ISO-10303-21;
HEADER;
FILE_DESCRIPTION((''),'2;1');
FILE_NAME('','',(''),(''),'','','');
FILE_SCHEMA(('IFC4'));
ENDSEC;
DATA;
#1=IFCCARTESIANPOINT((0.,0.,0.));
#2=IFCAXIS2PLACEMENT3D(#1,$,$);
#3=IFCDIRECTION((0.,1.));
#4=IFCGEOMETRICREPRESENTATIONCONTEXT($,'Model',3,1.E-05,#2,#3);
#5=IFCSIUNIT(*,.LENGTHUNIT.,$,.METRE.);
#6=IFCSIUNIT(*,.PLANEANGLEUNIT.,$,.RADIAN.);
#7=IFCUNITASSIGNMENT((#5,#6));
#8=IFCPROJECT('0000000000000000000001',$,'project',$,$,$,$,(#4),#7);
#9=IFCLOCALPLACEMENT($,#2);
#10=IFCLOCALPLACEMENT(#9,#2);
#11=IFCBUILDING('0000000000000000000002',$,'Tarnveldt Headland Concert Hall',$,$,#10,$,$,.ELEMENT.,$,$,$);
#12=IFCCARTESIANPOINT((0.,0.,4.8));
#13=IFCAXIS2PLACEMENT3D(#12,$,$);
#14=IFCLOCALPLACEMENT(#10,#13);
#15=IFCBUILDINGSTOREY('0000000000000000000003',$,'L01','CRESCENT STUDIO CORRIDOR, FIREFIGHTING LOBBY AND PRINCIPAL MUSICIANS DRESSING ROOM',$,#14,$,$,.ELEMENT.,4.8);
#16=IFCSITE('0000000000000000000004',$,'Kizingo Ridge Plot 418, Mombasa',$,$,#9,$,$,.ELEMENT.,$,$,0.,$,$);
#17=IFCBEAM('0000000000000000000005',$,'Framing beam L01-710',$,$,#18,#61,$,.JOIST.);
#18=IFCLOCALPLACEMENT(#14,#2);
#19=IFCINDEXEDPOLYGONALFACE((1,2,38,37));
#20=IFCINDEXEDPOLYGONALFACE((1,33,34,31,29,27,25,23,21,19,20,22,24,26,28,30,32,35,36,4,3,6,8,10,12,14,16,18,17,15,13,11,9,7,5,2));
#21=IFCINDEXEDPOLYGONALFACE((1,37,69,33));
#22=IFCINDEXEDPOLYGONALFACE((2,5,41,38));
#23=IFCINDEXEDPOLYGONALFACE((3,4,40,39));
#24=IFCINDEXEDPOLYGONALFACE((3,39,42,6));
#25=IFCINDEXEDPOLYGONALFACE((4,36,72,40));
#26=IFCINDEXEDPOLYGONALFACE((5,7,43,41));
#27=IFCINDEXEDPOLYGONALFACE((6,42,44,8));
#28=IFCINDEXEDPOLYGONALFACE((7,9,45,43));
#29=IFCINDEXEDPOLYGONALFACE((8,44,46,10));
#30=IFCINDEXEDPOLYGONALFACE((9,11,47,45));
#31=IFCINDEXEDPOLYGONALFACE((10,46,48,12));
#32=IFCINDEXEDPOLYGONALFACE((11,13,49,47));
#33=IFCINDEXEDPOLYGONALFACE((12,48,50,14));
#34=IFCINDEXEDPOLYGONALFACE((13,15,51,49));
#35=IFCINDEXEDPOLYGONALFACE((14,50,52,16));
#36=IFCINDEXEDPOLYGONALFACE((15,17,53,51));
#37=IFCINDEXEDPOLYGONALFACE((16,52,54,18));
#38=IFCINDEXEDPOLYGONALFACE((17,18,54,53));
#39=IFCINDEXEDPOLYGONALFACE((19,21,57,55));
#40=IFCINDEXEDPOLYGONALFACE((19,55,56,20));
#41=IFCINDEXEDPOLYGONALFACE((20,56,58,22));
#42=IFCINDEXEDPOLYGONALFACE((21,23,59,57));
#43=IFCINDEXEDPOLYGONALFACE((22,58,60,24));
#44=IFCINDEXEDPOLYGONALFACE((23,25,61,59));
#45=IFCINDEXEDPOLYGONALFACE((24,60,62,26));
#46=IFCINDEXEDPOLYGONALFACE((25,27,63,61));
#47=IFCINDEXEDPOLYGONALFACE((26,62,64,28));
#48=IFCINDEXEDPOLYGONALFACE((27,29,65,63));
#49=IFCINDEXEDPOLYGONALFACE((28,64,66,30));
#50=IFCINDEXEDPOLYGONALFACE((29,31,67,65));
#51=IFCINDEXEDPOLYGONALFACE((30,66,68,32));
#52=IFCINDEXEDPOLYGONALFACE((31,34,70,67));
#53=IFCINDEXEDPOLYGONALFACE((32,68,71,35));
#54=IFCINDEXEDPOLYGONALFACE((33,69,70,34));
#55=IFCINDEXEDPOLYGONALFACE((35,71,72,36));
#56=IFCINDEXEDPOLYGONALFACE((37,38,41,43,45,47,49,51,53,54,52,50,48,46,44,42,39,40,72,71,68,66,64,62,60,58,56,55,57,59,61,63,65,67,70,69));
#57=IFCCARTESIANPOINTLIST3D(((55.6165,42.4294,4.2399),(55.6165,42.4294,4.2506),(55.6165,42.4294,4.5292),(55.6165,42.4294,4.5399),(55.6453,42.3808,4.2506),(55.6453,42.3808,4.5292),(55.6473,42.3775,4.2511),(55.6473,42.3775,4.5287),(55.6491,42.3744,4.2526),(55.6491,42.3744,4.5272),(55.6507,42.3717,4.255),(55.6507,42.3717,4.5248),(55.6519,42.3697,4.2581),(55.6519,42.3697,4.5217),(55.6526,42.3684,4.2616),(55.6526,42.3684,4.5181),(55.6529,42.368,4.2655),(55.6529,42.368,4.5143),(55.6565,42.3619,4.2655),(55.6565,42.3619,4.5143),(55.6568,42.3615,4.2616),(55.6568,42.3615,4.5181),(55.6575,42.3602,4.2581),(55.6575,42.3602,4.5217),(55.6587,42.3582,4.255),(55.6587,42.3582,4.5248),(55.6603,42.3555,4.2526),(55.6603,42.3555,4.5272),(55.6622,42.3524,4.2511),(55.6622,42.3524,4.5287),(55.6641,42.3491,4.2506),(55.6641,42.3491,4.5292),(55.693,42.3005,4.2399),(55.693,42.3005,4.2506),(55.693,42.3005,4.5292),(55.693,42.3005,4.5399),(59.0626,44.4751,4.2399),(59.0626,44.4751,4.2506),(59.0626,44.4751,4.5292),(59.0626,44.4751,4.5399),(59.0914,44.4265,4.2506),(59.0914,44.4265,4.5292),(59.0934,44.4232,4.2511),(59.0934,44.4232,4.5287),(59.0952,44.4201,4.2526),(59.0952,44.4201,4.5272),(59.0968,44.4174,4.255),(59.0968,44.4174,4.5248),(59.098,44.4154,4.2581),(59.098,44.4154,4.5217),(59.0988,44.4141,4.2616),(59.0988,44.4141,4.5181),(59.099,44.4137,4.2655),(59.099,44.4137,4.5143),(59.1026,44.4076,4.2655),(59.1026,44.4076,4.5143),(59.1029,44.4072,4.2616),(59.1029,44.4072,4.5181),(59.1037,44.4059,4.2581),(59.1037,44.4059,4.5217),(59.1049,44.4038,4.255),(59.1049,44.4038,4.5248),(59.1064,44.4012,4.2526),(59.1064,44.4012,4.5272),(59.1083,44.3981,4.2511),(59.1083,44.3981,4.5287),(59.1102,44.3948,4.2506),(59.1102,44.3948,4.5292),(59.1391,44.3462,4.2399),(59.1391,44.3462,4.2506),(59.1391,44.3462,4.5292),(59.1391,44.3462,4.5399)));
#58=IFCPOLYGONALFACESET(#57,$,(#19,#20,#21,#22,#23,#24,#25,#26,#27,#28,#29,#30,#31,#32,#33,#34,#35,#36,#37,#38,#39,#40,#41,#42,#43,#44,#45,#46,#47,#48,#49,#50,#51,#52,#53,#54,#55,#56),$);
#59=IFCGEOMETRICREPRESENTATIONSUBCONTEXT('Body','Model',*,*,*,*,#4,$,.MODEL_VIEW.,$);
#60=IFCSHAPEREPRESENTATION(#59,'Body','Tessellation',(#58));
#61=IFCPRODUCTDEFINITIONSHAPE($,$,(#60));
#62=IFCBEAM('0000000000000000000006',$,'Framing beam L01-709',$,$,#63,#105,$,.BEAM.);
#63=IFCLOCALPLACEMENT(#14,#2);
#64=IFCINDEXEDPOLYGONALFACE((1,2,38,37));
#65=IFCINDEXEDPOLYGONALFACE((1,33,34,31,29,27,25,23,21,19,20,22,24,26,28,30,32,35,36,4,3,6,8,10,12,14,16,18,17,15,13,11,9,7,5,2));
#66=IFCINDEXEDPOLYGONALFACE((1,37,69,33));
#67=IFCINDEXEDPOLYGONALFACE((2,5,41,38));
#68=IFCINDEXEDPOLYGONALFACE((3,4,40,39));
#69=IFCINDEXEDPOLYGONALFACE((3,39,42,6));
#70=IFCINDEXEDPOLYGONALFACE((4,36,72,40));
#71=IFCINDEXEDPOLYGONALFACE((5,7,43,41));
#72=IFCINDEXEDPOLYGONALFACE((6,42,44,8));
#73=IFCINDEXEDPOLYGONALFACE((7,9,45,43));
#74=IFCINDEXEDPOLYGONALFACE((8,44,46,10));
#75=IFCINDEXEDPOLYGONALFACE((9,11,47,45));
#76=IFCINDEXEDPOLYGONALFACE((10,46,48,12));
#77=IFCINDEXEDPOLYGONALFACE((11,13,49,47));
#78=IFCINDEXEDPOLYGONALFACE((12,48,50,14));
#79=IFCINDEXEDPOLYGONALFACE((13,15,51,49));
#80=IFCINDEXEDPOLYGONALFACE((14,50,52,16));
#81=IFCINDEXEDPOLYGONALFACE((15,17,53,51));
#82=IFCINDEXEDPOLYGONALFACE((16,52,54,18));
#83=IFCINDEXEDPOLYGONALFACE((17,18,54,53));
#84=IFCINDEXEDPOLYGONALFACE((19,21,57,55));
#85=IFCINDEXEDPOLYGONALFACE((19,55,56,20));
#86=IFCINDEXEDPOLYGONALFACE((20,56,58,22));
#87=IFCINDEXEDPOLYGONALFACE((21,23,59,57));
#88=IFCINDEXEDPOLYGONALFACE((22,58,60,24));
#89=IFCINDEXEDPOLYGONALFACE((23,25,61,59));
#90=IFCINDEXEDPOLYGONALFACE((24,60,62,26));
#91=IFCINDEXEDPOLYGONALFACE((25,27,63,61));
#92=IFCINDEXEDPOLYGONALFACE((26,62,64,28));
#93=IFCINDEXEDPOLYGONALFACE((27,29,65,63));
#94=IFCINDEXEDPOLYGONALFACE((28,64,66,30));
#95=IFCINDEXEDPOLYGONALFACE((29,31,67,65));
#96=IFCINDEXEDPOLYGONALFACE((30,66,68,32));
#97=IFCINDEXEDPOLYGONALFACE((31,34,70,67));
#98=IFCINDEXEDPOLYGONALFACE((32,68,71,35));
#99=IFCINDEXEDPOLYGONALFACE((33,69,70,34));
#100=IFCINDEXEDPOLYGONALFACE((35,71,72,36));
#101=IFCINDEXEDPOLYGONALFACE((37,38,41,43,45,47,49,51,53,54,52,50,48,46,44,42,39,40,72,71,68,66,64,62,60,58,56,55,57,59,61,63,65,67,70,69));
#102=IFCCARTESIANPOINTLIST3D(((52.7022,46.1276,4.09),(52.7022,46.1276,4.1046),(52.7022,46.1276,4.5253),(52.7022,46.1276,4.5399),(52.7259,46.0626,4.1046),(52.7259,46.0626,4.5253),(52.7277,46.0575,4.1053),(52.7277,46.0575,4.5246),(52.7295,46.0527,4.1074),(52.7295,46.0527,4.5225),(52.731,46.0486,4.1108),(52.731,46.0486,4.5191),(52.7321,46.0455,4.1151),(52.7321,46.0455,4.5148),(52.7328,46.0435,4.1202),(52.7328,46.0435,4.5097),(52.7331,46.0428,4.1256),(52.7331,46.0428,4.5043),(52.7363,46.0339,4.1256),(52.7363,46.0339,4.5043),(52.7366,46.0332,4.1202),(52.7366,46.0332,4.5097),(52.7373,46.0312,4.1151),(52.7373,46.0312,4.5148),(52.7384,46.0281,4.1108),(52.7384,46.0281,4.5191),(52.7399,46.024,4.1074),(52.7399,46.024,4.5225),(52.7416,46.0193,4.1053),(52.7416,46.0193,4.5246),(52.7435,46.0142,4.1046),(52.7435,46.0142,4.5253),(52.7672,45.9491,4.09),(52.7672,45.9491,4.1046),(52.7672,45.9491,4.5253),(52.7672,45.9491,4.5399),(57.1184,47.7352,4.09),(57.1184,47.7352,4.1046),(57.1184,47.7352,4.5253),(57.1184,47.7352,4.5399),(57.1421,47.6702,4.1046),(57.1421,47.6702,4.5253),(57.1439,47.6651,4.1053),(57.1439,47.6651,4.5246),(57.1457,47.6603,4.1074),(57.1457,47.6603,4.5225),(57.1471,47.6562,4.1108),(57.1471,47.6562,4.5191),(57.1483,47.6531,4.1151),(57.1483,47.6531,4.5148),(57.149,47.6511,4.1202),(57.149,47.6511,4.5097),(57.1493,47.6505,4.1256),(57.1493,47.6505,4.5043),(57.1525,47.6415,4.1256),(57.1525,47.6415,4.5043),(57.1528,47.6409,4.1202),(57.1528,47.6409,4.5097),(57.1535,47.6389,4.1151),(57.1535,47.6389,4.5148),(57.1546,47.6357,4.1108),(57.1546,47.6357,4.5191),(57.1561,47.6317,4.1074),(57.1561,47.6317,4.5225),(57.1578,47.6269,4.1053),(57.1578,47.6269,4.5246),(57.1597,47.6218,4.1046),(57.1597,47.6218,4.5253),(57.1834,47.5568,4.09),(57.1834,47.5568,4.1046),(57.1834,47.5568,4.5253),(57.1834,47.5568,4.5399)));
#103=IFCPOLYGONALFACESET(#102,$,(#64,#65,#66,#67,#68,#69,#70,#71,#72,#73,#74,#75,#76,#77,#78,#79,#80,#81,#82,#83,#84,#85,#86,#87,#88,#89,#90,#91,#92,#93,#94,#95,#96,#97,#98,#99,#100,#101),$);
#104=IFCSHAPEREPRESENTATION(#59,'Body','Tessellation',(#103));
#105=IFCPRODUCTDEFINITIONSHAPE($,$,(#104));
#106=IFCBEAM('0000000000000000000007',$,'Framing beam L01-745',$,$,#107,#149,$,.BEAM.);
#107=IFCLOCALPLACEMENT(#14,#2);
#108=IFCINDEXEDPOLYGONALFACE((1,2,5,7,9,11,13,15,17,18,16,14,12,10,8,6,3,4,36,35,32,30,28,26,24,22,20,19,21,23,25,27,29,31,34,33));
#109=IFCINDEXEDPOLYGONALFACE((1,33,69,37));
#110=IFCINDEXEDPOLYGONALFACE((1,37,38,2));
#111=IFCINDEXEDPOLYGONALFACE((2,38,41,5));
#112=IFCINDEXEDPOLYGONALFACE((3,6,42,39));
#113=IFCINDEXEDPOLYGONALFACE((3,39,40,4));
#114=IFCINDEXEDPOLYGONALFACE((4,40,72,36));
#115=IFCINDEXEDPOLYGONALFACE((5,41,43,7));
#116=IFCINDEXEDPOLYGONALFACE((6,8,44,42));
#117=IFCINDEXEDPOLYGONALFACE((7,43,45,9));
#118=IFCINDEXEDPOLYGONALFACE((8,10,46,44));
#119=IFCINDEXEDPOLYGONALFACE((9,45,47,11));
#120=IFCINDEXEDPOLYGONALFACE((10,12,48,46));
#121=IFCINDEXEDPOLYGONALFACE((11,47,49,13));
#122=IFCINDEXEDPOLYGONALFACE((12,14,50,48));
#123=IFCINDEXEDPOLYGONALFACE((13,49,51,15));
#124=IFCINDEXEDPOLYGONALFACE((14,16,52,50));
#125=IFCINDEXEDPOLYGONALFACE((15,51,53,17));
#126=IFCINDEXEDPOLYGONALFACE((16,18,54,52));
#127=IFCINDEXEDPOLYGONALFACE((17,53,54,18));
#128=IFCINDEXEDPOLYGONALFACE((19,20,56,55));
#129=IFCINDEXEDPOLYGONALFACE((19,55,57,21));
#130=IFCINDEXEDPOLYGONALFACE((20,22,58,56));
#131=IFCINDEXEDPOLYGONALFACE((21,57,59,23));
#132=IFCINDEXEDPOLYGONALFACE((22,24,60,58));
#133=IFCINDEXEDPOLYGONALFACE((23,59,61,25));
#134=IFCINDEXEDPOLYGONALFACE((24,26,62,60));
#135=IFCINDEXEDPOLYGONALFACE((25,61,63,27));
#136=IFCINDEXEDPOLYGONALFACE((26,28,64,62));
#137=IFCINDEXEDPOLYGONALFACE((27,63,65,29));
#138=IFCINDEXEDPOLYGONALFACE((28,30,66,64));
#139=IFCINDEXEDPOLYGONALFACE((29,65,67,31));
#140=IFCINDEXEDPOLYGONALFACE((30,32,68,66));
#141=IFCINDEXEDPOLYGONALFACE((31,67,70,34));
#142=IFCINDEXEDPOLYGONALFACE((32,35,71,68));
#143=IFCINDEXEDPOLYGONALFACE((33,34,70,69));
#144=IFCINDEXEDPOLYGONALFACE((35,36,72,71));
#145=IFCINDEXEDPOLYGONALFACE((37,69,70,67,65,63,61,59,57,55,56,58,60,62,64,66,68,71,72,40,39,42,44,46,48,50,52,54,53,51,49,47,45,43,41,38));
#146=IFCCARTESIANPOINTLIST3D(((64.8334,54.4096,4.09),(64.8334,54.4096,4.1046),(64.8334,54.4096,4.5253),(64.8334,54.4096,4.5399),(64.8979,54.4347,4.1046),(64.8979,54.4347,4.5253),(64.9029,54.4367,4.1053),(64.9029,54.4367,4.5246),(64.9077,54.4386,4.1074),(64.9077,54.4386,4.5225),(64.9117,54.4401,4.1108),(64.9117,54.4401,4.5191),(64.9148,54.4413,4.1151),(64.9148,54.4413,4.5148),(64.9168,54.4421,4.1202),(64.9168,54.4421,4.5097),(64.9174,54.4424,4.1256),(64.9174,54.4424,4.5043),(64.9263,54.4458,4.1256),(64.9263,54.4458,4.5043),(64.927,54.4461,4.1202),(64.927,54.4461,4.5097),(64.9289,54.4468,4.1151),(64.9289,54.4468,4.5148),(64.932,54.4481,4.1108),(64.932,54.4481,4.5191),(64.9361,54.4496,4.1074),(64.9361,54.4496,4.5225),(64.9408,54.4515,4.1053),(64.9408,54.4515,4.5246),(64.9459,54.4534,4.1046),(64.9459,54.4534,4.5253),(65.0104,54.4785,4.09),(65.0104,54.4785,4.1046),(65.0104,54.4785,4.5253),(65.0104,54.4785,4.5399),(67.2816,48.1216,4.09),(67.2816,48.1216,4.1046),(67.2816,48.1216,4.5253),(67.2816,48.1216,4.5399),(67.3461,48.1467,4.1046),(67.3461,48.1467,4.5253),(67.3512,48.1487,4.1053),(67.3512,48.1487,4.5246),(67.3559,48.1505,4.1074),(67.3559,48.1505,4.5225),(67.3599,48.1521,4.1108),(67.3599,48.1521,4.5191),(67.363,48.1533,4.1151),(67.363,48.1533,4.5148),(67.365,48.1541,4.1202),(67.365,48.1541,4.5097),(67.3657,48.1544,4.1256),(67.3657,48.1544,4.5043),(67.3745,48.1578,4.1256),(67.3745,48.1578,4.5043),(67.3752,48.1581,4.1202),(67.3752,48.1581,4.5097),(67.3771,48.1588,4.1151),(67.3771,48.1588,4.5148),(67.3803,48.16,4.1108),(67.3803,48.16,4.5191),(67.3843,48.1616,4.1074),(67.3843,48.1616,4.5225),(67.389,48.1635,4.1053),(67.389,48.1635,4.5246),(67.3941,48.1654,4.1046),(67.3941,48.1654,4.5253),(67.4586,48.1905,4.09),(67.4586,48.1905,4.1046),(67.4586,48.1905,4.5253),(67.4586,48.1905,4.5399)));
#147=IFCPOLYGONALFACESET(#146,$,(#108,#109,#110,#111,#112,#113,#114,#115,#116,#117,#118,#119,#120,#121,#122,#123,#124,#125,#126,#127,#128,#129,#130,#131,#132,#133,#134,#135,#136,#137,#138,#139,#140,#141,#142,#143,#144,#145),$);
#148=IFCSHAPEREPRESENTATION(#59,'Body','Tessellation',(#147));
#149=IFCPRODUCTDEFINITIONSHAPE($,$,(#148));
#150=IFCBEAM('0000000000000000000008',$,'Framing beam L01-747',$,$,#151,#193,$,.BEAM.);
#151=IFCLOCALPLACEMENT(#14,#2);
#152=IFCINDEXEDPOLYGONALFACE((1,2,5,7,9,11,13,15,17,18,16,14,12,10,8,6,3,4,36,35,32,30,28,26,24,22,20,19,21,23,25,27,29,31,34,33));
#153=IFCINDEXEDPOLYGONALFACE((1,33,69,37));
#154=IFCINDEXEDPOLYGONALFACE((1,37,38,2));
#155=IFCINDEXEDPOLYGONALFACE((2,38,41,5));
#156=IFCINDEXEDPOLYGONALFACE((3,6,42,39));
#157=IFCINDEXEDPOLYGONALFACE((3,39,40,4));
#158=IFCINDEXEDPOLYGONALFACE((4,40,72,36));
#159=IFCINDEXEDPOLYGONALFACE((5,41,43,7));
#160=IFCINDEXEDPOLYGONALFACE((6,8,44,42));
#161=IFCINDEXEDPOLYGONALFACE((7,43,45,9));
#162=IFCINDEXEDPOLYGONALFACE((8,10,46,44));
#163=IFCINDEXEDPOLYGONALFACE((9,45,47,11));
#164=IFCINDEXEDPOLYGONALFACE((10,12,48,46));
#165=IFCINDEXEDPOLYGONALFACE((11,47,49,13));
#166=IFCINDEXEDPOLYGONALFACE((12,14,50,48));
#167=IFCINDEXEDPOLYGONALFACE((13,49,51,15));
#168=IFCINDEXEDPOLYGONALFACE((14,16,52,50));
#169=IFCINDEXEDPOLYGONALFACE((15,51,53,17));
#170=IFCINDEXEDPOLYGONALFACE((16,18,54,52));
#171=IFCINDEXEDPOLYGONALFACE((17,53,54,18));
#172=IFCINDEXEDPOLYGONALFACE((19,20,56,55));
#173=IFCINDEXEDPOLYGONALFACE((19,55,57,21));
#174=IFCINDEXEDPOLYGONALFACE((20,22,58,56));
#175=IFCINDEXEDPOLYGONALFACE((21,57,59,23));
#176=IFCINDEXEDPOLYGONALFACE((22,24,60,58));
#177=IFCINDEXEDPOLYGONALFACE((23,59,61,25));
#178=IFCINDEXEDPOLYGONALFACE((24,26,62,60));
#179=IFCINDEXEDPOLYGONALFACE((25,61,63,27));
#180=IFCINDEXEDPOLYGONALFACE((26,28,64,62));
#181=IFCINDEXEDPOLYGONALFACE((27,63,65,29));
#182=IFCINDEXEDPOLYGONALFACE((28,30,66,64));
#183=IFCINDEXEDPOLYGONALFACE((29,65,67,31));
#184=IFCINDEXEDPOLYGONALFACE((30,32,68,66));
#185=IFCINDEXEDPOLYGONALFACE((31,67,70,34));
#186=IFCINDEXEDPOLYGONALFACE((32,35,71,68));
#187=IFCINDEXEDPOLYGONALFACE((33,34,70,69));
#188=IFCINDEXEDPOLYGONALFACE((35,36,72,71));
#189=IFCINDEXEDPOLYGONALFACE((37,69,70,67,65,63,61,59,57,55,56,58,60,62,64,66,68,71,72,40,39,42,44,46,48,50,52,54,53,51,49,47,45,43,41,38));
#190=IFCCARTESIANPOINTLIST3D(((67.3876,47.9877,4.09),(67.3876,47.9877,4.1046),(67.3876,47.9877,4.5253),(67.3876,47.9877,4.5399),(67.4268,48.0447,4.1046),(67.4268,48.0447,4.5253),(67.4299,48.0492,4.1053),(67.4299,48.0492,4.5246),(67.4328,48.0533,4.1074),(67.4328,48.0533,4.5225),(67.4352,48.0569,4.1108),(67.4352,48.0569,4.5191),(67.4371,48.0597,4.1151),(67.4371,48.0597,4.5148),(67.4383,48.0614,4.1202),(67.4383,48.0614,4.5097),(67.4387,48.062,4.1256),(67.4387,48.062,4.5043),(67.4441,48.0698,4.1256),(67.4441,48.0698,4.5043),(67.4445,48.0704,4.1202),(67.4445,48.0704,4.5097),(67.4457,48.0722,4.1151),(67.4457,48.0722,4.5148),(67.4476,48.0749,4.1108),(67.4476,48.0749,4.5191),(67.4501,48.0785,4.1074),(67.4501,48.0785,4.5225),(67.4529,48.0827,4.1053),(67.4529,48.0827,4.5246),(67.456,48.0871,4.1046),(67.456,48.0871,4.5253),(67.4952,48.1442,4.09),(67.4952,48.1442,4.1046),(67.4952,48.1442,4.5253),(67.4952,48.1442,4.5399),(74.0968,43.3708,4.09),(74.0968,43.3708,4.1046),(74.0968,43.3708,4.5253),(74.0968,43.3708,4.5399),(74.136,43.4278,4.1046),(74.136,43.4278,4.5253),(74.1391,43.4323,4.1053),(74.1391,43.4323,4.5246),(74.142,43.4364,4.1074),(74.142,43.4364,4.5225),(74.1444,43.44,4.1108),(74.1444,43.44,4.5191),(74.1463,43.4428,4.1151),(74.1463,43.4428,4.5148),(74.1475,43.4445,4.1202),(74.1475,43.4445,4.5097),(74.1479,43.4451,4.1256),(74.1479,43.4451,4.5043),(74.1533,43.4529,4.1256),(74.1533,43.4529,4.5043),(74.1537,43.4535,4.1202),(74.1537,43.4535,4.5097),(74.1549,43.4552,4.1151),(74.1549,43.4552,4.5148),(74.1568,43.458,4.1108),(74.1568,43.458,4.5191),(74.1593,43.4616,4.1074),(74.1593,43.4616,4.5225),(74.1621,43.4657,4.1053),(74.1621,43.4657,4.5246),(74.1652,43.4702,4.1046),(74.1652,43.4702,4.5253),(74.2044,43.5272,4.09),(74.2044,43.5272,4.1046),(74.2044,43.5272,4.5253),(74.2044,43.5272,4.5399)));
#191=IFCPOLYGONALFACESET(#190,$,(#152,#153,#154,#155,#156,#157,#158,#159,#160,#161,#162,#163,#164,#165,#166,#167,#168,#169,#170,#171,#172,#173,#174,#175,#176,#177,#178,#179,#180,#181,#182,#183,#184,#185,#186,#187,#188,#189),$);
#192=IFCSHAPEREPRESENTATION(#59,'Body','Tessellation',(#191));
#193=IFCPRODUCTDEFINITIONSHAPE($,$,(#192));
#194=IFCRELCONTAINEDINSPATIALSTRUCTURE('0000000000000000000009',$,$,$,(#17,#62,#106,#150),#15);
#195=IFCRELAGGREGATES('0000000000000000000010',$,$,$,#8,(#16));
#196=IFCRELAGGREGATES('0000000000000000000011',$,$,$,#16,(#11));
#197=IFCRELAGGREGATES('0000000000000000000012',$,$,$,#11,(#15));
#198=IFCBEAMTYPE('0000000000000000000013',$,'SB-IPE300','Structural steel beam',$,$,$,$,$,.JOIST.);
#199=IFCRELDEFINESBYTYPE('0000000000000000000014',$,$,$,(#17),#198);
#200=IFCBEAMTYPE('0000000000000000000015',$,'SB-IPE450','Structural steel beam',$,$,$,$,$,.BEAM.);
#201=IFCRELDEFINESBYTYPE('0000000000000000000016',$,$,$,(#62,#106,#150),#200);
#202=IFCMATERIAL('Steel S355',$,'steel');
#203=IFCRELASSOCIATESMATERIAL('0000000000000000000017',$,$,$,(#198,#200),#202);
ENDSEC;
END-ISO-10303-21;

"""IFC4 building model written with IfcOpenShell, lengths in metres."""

from ifc_helpers import new_model, si_unit, direction, frame, origin, origin_2d, place, context, subcontext, project, spatial, i_section, extrude, material, material_profile, profile_set, type_object, element, save


model = new_model("IFC4")

# Units and contexts
model_context = context("Model", 3, precision=1e-05, world=origin(), true_north=direction((0.0, 1.0)))
body_context = subcontext(model_context, "Body", "Model", "MODEL_VIEW")
ifc_project = project(units=[si_unit("LENGTHUNIT", "METRE"), si_unit("PLANEANGLEUNIT", "RADIAN")], contexts=[model_context])

# Site, building, storey
site_placement = place(None, origin())
site = spatial("IfcSite", under=ifc_project, at=site_placement, Name="Kizingo Ridge Plot 418, Mombasa", CompositionType="ELEMENT", RefElevation=0.0)
building_placement = place(site_placement, origin())
building = spatial("IfcBuilding", under=site, at=building_placement, Name="Tarnveldt Headland Concert Hall", CompositionType="ELEMENT")
storey_placement = place(building_placement, frame((0.0, 0.0, 4.8)))
storey = spatial("IfcBuildingStorey", under=building, at=storey_placement, Name="L01", Description="CRESCENT STUDIO CORRIDOR, FIREFIGHTING LOBBY AND PRINCIPAL MUSICIANS DRESSING ROOM", CompositionType="ELEMENT", Elevation=4.8)

# Beams
ifc_material_1 = material(Name="Steel S355", Category="steel")
ifc_material_profile_1 = material_profile(ifc_material_1, i_section(OverallWidth=0.1499, OverallDepth=0.3, WebThickness=0.0071, FlangeThickness=0.0107, FilletRadius=0.0149, at=origin_2d()), Name="IPE300", Category="steel")
ifc_profile_set_1 = profile_set([ifc_material_profile_1], Name="Steel S355")
beam_type_1 = type_object("IfcBeamType", Name="SB-IPE300", Description="Structural steel beam", PredefinedType="JOIST", material=ifc_profile_set_1)
beam_1_placement = place(storey_placement, frame((59.1008, 44.4106, 4.3899), z_axis=(-0.859902, -0.510459, 0.0), x_axis=(0.510459, -0.859902, 0.0)))
element("IfcBeam", 1, at=beam_1_placement, inside=storey, type_object=beam_type_1, Name="Framing beam L01-710", PredefinedType="JOIST", context=body_context, shape_type="SweptSolid", body=[
    extrude(i_section(OverallWidth=0.1499, OverallDepth=0.3, WebThickness=0.0071, FlangeThickness=0.0107, FilletRadius=0.0149, at=origin_2d()), origin(), (0.0, 0.0, 1.0), 4.0076),
])
ifc_material_profile_2 = material_profile(ifc_material_1, i_section(OverallWidth=0.1899, OverallDepth=0.45, WebThickness=0.0095, FlangeThickness=0.0146, FilletRadius=0.021, at=origin_2d()), Name="IPE450", Category="steel")
ifc_profile_set_2 = profile_set([ifc_material_profile_2], Name="Steel S355")
beam_type_2 = type_object("IfcBeamType", Name="SB-IPE450", Description="Structural steel beam", PredefinedType="BEAM", material=ifc_profile_set_2)
beam_2_placement = place(storey_placement, frame((57.1509, 47.646, 4.3149), z_axis=(-0.939674, -0.342073, 0.0), x_axis=(0.342073, -0.939674, 0.0)))
element("IfcBeam", 2, at=beam_2_placement, inside=storey, type_object=beam_type_2, Name="Framing beam L01-709", PredefinedType="BEAM", context=body_context, shape_type="SweptSolid", body=[
    extrude(i_section(OverallWidth=0.1899, OverallDepth=0.45, WebThickness=0.0095, FlangeThickness=0.0146, FilletRadius=0.021, at=origin_2d()), origin(), (0.0, 0.0, 1.0), 4.6997),
])
beam_3_placement = place(storey_placement, frame((64.9219, 54.4441, 4.3149), z_axis=(0.362816, -0.931861, 0.0), x_axis=(0.931861, 0.362816, 0.0)))
element("IfcBeam", 3, at=beam_3_placement, inside=storey, type_object=beam_type_2, Name="Framing beam L01-745", PredefinedType="BEAM", context=body_context, shape_type="SweptSolid", body=[
    extrude(i_section(OverallWidth=0.1899, OverallDepth=0.45, WebThickness=0.0095, FlangeThickness=0.0146, FilletRadius=0.021, at=origin_2d()), origin(), (0.0, 0.0, 1.0), 6.7478),
])
beam_4_placement = place(storey_placement, frame((67.4414, 48.0659, 4.3149), z_axis=(0.823793, -0.566891, 0.0), x_axis=(0.566891, 0.823793, 0.0)))
element("IfcBeam", 4, at=beam_4_placement, inside=storey, type_object=beam_type_2, Name="Framing beam L01-747", PredefinedType="BEAM", context=body_context, shape_type="SweptSolid", body=[
    extrude(i_section(OverallWidth=0.1899, OverallDepth=0.45, WebThickness=0.0095, FlangeThickness=0.0146, FilletRadius=0.021, at=origin_2d()), origin(), (0.0, 0.0, 1.0), 8.1443),
])

save(model, "model.ifc")
